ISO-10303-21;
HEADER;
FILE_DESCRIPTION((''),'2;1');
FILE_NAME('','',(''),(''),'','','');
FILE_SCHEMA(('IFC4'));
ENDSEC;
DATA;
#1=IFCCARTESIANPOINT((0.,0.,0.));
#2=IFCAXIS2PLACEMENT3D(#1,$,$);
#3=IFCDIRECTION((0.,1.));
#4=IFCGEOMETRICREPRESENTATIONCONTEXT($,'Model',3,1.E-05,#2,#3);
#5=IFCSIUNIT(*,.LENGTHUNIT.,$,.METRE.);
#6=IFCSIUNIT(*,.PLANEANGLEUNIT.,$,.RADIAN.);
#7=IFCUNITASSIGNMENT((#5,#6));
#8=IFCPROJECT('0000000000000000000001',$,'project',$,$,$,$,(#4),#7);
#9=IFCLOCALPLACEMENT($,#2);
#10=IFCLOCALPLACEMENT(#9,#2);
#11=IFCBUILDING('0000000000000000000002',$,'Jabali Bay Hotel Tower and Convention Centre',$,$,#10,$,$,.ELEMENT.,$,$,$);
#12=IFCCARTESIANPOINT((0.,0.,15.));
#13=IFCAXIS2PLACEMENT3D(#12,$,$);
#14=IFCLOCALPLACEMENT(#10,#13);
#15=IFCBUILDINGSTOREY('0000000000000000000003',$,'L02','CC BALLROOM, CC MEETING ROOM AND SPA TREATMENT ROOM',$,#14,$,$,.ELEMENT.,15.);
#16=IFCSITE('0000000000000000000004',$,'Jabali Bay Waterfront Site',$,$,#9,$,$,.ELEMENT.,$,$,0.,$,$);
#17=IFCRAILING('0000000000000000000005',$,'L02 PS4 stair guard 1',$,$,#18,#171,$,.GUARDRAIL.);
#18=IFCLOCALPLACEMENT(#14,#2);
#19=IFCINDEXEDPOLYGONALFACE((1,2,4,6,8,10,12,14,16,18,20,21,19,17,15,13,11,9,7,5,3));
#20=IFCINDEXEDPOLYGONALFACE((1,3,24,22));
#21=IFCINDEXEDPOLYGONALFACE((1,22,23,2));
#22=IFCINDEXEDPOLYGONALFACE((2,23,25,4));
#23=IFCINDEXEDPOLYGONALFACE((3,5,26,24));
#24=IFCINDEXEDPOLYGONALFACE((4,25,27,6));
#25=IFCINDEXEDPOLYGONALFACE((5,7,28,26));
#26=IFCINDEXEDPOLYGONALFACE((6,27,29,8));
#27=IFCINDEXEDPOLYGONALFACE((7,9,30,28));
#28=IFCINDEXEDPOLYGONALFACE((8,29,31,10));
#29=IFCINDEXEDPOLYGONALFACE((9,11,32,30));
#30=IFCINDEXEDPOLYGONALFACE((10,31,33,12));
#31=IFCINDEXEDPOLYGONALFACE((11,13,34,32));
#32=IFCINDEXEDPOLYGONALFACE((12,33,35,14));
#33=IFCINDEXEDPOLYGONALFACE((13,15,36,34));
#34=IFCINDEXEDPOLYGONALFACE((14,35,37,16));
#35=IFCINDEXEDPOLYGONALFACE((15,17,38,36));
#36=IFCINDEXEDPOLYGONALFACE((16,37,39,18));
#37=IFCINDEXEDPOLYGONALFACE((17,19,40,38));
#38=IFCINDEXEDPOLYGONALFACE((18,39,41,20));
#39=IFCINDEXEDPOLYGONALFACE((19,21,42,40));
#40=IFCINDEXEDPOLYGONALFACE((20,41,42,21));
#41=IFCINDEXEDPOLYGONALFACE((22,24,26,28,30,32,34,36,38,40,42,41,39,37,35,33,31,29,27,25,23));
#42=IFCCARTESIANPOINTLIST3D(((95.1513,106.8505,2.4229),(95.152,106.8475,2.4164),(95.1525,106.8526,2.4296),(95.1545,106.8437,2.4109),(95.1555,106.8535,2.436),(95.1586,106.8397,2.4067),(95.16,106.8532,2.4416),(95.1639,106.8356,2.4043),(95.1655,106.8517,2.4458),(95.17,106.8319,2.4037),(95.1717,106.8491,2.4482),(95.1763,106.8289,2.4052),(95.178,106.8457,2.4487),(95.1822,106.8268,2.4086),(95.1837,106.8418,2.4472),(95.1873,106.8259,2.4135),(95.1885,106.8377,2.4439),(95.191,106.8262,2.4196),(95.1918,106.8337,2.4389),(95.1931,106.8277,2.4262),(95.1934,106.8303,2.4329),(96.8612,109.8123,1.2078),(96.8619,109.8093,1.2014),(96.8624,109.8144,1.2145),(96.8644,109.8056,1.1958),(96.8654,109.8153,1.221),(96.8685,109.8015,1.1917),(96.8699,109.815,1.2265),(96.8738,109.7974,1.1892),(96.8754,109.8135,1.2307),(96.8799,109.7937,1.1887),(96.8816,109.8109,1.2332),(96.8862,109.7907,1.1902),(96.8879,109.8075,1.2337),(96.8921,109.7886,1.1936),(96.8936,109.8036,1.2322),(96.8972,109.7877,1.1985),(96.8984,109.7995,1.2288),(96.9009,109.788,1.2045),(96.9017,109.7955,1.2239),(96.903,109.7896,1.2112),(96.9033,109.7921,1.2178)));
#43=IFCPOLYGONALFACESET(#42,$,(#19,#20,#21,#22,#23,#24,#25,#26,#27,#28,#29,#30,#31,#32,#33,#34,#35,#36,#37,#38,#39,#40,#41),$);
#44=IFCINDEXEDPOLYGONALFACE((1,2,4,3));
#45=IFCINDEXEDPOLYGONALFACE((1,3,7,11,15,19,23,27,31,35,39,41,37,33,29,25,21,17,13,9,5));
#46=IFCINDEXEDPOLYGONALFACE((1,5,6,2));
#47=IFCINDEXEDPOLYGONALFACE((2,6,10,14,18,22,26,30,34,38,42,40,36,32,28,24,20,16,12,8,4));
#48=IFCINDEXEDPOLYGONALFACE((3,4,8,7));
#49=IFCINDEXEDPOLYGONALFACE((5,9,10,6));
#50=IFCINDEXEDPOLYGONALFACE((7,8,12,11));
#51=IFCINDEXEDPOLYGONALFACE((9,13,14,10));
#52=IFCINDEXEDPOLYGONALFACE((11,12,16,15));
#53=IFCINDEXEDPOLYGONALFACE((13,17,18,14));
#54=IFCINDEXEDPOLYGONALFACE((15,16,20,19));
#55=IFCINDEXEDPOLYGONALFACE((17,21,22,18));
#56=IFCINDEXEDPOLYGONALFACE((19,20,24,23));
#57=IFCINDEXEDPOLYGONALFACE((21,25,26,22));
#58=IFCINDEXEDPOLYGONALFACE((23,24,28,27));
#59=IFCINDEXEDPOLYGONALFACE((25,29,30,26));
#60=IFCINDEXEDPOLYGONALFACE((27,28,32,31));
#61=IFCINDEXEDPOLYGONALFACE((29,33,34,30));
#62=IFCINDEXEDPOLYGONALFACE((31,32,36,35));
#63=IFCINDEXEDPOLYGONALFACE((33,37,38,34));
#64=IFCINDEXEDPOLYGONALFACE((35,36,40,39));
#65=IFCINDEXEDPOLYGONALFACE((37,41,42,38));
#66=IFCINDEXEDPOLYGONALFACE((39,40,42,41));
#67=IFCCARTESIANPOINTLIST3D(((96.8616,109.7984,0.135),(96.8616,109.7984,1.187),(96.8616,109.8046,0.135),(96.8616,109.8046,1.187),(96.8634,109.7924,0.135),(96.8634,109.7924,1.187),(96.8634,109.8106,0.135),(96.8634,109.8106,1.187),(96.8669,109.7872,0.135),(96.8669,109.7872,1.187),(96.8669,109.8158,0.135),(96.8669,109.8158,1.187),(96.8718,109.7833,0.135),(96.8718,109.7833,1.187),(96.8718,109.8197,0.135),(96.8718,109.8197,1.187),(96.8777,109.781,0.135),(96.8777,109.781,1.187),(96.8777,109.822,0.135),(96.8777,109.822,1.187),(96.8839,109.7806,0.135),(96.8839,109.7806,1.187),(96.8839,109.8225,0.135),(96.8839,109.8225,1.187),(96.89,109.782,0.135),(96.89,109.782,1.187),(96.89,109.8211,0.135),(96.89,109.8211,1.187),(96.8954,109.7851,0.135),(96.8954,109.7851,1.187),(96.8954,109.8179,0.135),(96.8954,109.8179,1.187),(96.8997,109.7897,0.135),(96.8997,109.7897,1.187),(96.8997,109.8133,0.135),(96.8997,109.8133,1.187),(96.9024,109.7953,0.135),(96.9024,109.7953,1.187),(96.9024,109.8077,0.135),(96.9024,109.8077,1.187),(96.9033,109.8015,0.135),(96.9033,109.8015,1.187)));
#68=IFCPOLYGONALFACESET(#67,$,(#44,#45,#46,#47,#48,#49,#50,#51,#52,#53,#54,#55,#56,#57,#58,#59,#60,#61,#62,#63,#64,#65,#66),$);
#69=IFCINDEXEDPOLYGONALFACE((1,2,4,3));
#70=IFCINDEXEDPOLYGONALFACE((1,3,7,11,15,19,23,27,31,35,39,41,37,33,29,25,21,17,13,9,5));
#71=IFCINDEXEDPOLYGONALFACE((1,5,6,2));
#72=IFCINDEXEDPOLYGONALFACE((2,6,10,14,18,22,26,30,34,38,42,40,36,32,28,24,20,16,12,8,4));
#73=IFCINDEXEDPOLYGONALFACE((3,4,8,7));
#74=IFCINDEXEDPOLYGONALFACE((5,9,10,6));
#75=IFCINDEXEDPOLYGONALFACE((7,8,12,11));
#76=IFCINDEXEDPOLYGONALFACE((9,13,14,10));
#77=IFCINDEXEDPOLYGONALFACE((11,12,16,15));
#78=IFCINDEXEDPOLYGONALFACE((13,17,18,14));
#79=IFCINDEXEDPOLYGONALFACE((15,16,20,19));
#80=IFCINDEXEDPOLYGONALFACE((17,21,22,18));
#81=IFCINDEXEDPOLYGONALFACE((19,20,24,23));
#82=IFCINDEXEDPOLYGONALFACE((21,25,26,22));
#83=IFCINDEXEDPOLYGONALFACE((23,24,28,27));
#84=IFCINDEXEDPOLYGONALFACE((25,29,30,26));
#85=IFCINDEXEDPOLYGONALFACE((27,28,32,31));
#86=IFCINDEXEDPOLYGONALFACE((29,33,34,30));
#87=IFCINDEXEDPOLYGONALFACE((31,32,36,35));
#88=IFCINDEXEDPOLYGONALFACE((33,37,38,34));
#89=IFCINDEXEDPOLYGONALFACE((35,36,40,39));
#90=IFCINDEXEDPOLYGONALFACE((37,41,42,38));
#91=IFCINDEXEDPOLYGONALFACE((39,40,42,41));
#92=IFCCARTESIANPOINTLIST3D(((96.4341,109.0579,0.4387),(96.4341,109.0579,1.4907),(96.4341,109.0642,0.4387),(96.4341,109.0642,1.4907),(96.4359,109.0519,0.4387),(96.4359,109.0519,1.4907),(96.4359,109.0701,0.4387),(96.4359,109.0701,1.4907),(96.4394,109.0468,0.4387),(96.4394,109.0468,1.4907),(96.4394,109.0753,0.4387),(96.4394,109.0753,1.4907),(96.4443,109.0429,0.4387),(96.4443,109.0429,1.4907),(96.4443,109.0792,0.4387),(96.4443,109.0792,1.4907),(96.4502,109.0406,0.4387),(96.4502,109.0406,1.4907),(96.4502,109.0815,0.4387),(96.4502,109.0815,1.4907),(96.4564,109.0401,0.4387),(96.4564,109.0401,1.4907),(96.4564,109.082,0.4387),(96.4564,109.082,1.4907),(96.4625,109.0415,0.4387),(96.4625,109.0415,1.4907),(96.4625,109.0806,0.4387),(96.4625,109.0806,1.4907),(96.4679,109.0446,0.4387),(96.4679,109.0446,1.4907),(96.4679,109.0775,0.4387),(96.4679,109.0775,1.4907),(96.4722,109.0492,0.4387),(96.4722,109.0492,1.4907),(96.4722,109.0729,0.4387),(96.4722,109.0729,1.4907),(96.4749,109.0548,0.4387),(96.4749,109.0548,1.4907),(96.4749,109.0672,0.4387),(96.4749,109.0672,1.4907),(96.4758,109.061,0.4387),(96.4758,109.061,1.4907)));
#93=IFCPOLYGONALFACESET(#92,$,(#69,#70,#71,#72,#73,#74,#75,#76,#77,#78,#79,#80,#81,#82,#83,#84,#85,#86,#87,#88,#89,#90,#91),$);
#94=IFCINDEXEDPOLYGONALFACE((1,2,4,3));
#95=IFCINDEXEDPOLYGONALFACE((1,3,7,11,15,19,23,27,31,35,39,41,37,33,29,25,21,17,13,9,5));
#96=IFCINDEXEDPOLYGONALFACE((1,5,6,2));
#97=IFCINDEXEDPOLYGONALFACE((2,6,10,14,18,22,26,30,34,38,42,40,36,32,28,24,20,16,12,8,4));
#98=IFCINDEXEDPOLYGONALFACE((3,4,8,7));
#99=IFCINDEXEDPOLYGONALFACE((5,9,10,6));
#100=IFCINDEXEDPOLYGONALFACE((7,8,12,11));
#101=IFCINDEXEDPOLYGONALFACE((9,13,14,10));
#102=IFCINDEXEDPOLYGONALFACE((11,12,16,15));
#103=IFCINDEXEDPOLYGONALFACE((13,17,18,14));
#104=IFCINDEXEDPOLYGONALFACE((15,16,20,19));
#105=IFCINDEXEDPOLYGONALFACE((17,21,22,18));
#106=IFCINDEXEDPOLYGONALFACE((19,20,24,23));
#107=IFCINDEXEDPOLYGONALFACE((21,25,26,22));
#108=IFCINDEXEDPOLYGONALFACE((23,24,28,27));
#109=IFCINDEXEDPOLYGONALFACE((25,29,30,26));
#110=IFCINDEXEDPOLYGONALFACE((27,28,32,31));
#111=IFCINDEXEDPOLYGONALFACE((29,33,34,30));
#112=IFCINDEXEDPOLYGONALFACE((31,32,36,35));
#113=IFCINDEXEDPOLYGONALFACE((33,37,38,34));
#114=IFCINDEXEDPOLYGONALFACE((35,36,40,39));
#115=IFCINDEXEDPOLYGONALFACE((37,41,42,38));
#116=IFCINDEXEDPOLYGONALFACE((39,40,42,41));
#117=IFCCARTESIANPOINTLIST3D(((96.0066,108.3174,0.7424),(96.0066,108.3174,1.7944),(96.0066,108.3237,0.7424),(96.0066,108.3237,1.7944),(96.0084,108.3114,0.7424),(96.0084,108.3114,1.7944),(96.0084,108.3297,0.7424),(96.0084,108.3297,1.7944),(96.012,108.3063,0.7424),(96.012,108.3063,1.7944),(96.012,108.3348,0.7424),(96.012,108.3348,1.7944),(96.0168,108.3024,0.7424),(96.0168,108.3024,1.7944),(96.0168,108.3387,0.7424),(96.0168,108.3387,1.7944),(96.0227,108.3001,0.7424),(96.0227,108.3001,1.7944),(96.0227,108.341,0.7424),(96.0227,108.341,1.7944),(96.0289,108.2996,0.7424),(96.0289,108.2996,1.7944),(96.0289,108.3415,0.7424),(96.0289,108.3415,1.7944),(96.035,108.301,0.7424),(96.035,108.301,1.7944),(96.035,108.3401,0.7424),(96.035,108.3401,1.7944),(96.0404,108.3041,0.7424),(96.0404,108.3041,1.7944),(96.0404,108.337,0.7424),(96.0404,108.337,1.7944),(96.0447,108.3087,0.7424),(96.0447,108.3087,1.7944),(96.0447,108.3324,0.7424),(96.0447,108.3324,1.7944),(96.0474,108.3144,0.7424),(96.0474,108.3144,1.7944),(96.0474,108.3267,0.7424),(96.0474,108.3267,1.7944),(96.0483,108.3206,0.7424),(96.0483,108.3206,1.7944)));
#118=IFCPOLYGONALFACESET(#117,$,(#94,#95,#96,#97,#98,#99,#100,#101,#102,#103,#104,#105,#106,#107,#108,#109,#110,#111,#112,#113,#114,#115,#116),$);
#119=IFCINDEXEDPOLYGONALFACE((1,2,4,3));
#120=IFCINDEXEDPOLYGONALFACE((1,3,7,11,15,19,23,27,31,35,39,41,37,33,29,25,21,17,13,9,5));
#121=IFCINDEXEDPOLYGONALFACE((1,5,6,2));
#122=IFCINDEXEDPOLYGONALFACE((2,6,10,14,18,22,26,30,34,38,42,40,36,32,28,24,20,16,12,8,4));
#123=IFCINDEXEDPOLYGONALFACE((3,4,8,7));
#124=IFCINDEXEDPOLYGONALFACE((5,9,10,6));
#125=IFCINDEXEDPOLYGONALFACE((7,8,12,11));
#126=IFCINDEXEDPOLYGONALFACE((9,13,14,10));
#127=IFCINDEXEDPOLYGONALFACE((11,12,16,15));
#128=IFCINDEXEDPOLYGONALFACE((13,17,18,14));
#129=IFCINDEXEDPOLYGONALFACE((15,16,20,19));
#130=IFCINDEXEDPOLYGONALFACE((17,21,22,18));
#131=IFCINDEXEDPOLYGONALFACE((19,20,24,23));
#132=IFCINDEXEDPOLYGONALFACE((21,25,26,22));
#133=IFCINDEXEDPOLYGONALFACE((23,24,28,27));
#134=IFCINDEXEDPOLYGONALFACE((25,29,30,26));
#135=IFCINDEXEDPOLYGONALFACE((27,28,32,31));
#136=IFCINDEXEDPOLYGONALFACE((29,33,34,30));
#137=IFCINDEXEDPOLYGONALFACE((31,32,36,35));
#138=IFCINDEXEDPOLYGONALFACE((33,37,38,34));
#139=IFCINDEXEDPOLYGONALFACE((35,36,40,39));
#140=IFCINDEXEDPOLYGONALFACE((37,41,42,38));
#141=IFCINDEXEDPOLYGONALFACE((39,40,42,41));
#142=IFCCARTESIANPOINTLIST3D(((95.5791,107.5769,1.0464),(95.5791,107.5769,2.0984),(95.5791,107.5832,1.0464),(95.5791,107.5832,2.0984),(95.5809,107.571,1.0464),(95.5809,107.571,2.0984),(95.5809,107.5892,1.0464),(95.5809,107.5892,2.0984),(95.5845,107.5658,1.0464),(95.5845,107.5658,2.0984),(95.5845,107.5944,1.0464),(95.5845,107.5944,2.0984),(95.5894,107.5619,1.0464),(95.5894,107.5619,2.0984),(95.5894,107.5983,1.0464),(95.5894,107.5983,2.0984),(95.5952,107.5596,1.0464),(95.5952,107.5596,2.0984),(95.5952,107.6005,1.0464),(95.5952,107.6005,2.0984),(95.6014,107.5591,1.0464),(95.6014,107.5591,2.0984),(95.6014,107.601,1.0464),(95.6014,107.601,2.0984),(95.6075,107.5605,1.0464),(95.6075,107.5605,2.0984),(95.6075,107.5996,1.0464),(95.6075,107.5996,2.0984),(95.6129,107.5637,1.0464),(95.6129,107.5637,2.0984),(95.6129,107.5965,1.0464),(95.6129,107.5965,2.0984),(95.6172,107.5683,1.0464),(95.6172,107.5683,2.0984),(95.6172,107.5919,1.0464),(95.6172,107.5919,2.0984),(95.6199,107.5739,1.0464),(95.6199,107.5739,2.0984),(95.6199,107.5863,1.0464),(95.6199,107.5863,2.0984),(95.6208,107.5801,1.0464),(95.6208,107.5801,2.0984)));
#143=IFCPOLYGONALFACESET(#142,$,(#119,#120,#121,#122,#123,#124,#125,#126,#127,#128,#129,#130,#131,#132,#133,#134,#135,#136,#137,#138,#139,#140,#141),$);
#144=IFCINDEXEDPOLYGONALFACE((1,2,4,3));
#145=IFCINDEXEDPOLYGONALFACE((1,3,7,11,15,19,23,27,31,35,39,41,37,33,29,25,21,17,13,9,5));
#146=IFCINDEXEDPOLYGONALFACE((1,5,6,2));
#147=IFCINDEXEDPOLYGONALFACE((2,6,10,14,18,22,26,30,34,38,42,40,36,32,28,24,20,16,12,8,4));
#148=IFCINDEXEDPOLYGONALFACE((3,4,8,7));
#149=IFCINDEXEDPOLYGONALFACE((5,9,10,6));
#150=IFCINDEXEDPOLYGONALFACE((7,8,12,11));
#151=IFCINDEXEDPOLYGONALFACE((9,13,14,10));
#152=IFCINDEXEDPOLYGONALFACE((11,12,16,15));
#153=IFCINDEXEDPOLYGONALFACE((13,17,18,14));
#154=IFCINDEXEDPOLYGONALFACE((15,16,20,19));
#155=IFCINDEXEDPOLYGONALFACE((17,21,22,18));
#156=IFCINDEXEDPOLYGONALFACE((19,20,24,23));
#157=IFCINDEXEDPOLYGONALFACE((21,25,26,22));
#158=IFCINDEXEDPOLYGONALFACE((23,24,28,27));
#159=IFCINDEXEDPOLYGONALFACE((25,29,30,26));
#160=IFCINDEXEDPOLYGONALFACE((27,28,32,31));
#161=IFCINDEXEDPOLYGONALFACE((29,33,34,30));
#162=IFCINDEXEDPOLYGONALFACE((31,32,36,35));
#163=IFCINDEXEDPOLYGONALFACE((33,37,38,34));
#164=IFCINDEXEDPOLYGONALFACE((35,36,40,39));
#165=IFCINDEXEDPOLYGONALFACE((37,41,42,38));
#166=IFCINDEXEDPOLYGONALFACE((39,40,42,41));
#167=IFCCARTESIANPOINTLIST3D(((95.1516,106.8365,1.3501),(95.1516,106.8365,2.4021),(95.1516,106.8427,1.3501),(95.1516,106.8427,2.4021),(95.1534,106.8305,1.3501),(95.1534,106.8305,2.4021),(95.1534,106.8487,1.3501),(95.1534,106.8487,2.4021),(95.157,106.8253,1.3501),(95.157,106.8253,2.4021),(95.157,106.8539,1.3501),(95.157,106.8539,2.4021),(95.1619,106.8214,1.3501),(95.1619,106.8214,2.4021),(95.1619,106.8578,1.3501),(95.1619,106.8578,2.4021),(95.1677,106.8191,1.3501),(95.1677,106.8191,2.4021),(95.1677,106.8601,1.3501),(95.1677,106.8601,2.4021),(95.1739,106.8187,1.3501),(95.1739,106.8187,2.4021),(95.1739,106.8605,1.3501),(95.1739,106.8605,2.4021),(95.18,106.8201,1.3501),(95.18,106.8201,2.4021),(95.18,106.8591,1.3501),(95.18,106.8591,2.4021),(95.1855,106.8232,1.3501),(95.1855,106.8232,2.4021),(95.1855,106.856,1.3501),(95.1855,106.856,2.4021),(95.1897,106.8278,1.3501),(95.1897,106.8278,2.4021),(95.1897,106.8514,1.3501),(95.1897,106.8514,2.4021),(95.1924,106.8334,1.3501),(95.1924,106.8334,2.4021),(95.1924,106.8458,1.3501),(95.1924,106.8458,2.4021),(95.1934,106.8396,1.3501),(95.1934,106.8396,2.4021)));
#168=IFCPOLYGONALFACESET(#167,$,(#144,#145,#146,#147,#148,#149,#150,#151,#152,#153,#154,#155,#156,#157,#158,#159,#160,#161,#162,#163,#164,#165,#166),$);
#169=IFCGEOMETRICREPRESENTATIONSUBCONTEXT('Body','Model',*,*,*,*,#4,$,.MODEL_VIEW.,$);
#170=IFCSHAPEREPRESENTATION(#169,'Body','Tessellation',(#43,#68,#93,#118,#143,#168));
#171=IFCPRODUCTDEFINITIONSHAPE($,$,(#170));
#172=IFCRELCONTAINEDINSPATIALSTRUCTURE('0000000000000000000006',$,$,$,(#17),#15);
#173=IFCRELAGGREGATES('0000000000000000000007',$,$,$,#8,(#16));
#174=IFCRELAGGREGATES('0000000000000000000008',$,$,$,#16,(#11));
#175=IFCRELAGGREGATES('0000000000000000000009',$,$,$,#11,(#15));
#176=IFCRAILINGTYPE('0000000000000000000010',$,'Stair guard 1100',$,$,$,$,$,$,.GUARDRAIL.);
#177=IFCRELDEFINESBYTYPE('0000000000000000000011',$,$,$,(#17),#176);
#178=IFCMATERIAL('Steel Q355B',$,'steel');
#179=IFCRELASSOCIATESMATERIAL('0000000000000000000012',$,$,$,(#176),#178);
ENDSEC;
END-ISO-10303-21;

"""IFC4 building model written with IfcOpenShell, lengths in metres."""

from ifc_helpers import new_model, si_unit, direction, frame, origin, origin_2d, place, context, subcontext, project, spatial, circle, extrude, material, type_object, element, save


model = new_model("IFC4")

# Units and contexts
model_context = context("Model", 3, precision=1e-05, world=origin(), true_north=direction((0.0, 1.0)))
body_context = subcontext(model_context, "Body", "Model", "MODEL_VIEW")
ifc_project = project(units=[si_unit("LENGTHUNIT", "METRE"), si_unit("PLANEANGLEUNIT", "RADIAN")], contexts=[model_context])

# Site, building, storey
site_placement = place(None, origin())
site = spatial("IfcSite", under=ifc_project, at=site_placement, Name="Jabali Bay Waterfront Site", CompositionType="ELEMENT", RefElevation=0.0)
building_placement = place(site_placement, origin())
building = spatial("IfcBuilding", under=site, at=building_placement, Name="Jabali Bay Hotel Tower and Convention Centre", CompositionType="ELEMENT")
storey_placement = place(building_placement, frame((0.0, 0.0, 15.0)))
storey = spatial("IfcBuildingStorey", under=building, at=storey_placement, Name="L02", Description="CC BALLROOM, CC MEETING ROOM AND SPA TREATMENT ROOM", CompositionType="ELEMENT", Elevation=15.0)

# Railing
ifc_material_1 = material(Name="Steel Q355B", Category="steel")
railing_type_1 = type_object("IfcRailingType", Name="Stair guard 1100", PredefinedType="GUARDRAIL", material=ifc_material_1)
railing_1_placement = place(storey_placement, frame((96.8823, 109.8015, 0.135)))
element("IfcRailing", 1, at=railing_1_placement, inside=storey, type_object=railing_type_1, Name="L02 PS4 stair guard 1", PredefinedType="GUARDRAIL", context=body_context, shape_type="SweptSolid", body=[
    extrude(circle(Radius=0.0239, at=origin_2d()), frame((0.0, 0.0, 1.0762), z_axis=(-0.471127, -0.816065, 0.33478), x_axis=(0.866038, -0.499978, 0.0)), (0.0, 0.0, 1.0), 3.6294),
    extrude(circle(Radius=0.021, at=origin_2d()), origin(), (0.0, 0.0, 1.0), 1.052),
    extrude(circle(Radius=0.021, at=origin_2d()), frame((-0.4275, -0.7405, 0.3037)), (0.0, 0.0, 1.0), 1.052),
    extrude(circle(Radius=0.021, at=origin_2d()), frame((-0.855, -1.481, 0.6074)), (0.0, 0.0, 1.0), 1.052),
    extrude(circle(Radius=0.021, at=origin_2d()), frame((-1.2825, -2.2214, 0.9114)), (0.0, 0.0, 1.0), 1.052),
    extrude(circle(Radius=0.021, at=origin_2d()), frame((-1.71, -2.9619, 1.2151)), (0.0, 0.0, 1.0), 1.052),
])

save(model, "model.ifc")
